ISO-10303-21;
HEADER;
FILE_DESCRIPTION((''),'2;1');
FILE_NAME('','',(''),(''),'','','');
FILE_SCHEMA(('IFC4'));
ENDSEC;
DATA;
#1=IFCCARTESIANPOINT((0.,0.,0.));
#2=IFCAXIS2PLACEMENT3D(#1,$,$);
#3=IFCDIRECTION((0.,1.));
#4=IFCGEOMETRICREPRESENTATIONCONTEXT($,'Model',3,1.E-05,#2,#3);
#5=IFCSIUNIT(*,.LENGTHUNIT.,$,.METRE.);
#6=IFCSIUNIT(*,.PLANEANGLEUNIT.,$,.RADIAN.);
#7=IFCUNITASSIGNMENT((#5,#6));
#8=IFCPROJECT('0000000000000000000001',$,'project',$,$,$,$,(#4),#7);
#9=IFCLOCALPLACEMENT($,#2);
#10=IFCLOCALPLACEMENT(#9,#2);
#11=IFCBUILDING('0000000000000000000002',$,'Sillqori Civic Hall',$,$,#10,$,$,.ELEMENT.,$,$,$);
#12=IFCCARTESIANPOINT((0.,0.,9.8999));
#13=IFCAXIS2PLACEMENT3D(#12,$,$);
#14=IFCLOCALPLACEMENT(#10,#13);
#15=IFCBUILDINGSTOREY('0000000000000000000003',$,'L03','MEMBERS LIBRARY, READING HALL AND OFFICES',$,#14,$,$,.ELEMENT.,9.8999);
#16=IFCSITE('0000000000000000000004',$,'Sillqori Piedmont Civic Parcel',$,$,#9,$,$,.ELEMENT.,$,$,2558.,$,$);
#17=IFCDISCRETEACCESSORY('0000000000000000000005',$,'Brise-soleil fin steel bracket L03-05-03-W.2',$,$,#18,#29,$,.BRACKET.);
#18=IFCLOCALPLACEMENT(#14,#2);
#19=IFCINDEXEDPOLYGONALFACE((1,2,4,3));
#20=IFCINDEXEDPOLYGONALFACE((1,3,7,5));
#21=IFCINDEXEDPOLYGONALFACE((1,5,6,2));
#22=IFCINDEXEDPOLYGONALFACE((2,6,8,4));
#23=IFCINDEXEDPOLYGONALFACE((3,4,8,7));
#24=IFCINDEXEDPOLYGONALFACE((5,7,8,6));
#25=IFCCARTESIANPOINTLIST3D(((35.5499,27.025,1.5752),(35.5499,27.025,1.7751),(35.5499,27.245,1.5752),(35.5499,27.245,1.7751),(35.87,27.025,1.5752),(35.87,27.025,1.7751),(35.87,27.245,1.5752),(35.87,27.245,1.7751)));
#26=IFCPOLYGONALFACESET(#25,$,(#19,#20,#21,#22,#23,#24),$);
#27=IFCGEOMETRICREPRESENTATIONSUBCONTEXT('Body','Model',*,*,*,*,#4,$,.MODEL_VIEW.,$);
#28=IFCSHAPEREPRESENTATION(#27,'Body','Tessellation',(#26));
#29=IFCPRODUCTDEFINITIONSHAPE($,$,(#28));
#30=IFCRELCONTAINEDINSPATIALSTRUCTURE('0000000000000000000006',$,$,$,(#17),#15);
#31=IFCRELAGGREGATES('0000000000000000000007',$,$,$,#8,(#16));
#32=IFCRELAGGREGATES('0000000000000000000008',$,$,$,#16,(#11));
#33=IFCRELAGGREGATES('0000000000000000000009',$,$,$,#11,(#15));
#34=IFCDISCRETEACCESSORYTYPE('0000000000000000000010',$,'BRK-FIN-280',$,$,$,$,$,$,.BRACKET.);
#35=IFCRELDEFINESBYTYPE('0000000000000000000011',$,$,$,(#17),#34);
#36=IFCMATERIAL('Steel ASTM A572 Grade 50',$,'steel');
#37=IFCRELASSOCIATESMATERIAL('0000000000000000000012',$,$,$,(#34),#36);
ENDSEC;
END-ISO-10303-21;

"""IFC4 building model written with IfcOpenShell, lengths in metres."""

from ifc_helpers import new_model, si_unit, direction, frame, origin, origin_2d, place, context, subcontext, project, spatial, rectangle, extrude, material, type_object, element, save


model = new_model("IFC4")

# Units and contexts
model_context = context("Model", 3, precision=1e-05, world=origin(), true_north=direction((0.0, 1.0)))
body_context = subcontext(model_context, "Body", "Model", "MODEL_VIEW")
ifc_project = project(units=[si_unit("LENGTHUNIT", "METRE"), si_unit("PLANEANGLEUNIT", "RADIAN")], contexts=[model_context])

# Site, building, storey
site_placement = place(None, origin())
site = spatial("IfcSite", under=ifc_project, at=site_placement, Name="Sillqori Piedmont Civic Parcel", CompositionType="ELEMENT", RefElevation=2558.0)
building_placement = place(site_placement, origin())
building = spatial("IfcBuilding", under=site, at=building_placement, Name="Sillqori Civic Hall", CompositionType="ELEMENT")
storey_placement = place(building_placement, frame((0.0, 0.0, 9.8999)))
storey = spatial("IfcBuildingStorey", under=building, at=storey_placement, Name="L03", Description="MEMBERS LIBRARY, READING HALL AND OFFICES", CompositionType="ELEMENT", Elevation=9.8999)

# Discrete accessory
ifc_material_1 = material(Name="Steel ASTM A572 Grade 50", Category="steel")
discrete_accessory_type = type_object("IfcDiscreteAccessoryType", Name="BRK-FIN-280", PredefinedType="BRACKET", material=ifc_material_1)
for number, where, z_axis, x_axis, name in (
    (1, (35.71, 27.135, 1.5752), (0.0, 0.0, 1.0), (0.0, 1.0, 0.0), "Brise-soleil fin steel bracket L03-05-03-W.2"),
):
    element("IfcDiscreteAccessory", number, at=place(storey_placement, frame(where, z_axis=z_axis, x_axis=x_axis)), inside=storey, type_object=discrete_accessory_type, Name=name, PredefinedType="BRACKET", context=body_context, shape_type="SweptSolid", body=[
        extrude(rectangle(XDim=0.22, YDim=0.3201, at=origin_2d()), origin(), (0.0, 0.0, 1.0), 0.2),
    ])

save(model, "model.ifc")
